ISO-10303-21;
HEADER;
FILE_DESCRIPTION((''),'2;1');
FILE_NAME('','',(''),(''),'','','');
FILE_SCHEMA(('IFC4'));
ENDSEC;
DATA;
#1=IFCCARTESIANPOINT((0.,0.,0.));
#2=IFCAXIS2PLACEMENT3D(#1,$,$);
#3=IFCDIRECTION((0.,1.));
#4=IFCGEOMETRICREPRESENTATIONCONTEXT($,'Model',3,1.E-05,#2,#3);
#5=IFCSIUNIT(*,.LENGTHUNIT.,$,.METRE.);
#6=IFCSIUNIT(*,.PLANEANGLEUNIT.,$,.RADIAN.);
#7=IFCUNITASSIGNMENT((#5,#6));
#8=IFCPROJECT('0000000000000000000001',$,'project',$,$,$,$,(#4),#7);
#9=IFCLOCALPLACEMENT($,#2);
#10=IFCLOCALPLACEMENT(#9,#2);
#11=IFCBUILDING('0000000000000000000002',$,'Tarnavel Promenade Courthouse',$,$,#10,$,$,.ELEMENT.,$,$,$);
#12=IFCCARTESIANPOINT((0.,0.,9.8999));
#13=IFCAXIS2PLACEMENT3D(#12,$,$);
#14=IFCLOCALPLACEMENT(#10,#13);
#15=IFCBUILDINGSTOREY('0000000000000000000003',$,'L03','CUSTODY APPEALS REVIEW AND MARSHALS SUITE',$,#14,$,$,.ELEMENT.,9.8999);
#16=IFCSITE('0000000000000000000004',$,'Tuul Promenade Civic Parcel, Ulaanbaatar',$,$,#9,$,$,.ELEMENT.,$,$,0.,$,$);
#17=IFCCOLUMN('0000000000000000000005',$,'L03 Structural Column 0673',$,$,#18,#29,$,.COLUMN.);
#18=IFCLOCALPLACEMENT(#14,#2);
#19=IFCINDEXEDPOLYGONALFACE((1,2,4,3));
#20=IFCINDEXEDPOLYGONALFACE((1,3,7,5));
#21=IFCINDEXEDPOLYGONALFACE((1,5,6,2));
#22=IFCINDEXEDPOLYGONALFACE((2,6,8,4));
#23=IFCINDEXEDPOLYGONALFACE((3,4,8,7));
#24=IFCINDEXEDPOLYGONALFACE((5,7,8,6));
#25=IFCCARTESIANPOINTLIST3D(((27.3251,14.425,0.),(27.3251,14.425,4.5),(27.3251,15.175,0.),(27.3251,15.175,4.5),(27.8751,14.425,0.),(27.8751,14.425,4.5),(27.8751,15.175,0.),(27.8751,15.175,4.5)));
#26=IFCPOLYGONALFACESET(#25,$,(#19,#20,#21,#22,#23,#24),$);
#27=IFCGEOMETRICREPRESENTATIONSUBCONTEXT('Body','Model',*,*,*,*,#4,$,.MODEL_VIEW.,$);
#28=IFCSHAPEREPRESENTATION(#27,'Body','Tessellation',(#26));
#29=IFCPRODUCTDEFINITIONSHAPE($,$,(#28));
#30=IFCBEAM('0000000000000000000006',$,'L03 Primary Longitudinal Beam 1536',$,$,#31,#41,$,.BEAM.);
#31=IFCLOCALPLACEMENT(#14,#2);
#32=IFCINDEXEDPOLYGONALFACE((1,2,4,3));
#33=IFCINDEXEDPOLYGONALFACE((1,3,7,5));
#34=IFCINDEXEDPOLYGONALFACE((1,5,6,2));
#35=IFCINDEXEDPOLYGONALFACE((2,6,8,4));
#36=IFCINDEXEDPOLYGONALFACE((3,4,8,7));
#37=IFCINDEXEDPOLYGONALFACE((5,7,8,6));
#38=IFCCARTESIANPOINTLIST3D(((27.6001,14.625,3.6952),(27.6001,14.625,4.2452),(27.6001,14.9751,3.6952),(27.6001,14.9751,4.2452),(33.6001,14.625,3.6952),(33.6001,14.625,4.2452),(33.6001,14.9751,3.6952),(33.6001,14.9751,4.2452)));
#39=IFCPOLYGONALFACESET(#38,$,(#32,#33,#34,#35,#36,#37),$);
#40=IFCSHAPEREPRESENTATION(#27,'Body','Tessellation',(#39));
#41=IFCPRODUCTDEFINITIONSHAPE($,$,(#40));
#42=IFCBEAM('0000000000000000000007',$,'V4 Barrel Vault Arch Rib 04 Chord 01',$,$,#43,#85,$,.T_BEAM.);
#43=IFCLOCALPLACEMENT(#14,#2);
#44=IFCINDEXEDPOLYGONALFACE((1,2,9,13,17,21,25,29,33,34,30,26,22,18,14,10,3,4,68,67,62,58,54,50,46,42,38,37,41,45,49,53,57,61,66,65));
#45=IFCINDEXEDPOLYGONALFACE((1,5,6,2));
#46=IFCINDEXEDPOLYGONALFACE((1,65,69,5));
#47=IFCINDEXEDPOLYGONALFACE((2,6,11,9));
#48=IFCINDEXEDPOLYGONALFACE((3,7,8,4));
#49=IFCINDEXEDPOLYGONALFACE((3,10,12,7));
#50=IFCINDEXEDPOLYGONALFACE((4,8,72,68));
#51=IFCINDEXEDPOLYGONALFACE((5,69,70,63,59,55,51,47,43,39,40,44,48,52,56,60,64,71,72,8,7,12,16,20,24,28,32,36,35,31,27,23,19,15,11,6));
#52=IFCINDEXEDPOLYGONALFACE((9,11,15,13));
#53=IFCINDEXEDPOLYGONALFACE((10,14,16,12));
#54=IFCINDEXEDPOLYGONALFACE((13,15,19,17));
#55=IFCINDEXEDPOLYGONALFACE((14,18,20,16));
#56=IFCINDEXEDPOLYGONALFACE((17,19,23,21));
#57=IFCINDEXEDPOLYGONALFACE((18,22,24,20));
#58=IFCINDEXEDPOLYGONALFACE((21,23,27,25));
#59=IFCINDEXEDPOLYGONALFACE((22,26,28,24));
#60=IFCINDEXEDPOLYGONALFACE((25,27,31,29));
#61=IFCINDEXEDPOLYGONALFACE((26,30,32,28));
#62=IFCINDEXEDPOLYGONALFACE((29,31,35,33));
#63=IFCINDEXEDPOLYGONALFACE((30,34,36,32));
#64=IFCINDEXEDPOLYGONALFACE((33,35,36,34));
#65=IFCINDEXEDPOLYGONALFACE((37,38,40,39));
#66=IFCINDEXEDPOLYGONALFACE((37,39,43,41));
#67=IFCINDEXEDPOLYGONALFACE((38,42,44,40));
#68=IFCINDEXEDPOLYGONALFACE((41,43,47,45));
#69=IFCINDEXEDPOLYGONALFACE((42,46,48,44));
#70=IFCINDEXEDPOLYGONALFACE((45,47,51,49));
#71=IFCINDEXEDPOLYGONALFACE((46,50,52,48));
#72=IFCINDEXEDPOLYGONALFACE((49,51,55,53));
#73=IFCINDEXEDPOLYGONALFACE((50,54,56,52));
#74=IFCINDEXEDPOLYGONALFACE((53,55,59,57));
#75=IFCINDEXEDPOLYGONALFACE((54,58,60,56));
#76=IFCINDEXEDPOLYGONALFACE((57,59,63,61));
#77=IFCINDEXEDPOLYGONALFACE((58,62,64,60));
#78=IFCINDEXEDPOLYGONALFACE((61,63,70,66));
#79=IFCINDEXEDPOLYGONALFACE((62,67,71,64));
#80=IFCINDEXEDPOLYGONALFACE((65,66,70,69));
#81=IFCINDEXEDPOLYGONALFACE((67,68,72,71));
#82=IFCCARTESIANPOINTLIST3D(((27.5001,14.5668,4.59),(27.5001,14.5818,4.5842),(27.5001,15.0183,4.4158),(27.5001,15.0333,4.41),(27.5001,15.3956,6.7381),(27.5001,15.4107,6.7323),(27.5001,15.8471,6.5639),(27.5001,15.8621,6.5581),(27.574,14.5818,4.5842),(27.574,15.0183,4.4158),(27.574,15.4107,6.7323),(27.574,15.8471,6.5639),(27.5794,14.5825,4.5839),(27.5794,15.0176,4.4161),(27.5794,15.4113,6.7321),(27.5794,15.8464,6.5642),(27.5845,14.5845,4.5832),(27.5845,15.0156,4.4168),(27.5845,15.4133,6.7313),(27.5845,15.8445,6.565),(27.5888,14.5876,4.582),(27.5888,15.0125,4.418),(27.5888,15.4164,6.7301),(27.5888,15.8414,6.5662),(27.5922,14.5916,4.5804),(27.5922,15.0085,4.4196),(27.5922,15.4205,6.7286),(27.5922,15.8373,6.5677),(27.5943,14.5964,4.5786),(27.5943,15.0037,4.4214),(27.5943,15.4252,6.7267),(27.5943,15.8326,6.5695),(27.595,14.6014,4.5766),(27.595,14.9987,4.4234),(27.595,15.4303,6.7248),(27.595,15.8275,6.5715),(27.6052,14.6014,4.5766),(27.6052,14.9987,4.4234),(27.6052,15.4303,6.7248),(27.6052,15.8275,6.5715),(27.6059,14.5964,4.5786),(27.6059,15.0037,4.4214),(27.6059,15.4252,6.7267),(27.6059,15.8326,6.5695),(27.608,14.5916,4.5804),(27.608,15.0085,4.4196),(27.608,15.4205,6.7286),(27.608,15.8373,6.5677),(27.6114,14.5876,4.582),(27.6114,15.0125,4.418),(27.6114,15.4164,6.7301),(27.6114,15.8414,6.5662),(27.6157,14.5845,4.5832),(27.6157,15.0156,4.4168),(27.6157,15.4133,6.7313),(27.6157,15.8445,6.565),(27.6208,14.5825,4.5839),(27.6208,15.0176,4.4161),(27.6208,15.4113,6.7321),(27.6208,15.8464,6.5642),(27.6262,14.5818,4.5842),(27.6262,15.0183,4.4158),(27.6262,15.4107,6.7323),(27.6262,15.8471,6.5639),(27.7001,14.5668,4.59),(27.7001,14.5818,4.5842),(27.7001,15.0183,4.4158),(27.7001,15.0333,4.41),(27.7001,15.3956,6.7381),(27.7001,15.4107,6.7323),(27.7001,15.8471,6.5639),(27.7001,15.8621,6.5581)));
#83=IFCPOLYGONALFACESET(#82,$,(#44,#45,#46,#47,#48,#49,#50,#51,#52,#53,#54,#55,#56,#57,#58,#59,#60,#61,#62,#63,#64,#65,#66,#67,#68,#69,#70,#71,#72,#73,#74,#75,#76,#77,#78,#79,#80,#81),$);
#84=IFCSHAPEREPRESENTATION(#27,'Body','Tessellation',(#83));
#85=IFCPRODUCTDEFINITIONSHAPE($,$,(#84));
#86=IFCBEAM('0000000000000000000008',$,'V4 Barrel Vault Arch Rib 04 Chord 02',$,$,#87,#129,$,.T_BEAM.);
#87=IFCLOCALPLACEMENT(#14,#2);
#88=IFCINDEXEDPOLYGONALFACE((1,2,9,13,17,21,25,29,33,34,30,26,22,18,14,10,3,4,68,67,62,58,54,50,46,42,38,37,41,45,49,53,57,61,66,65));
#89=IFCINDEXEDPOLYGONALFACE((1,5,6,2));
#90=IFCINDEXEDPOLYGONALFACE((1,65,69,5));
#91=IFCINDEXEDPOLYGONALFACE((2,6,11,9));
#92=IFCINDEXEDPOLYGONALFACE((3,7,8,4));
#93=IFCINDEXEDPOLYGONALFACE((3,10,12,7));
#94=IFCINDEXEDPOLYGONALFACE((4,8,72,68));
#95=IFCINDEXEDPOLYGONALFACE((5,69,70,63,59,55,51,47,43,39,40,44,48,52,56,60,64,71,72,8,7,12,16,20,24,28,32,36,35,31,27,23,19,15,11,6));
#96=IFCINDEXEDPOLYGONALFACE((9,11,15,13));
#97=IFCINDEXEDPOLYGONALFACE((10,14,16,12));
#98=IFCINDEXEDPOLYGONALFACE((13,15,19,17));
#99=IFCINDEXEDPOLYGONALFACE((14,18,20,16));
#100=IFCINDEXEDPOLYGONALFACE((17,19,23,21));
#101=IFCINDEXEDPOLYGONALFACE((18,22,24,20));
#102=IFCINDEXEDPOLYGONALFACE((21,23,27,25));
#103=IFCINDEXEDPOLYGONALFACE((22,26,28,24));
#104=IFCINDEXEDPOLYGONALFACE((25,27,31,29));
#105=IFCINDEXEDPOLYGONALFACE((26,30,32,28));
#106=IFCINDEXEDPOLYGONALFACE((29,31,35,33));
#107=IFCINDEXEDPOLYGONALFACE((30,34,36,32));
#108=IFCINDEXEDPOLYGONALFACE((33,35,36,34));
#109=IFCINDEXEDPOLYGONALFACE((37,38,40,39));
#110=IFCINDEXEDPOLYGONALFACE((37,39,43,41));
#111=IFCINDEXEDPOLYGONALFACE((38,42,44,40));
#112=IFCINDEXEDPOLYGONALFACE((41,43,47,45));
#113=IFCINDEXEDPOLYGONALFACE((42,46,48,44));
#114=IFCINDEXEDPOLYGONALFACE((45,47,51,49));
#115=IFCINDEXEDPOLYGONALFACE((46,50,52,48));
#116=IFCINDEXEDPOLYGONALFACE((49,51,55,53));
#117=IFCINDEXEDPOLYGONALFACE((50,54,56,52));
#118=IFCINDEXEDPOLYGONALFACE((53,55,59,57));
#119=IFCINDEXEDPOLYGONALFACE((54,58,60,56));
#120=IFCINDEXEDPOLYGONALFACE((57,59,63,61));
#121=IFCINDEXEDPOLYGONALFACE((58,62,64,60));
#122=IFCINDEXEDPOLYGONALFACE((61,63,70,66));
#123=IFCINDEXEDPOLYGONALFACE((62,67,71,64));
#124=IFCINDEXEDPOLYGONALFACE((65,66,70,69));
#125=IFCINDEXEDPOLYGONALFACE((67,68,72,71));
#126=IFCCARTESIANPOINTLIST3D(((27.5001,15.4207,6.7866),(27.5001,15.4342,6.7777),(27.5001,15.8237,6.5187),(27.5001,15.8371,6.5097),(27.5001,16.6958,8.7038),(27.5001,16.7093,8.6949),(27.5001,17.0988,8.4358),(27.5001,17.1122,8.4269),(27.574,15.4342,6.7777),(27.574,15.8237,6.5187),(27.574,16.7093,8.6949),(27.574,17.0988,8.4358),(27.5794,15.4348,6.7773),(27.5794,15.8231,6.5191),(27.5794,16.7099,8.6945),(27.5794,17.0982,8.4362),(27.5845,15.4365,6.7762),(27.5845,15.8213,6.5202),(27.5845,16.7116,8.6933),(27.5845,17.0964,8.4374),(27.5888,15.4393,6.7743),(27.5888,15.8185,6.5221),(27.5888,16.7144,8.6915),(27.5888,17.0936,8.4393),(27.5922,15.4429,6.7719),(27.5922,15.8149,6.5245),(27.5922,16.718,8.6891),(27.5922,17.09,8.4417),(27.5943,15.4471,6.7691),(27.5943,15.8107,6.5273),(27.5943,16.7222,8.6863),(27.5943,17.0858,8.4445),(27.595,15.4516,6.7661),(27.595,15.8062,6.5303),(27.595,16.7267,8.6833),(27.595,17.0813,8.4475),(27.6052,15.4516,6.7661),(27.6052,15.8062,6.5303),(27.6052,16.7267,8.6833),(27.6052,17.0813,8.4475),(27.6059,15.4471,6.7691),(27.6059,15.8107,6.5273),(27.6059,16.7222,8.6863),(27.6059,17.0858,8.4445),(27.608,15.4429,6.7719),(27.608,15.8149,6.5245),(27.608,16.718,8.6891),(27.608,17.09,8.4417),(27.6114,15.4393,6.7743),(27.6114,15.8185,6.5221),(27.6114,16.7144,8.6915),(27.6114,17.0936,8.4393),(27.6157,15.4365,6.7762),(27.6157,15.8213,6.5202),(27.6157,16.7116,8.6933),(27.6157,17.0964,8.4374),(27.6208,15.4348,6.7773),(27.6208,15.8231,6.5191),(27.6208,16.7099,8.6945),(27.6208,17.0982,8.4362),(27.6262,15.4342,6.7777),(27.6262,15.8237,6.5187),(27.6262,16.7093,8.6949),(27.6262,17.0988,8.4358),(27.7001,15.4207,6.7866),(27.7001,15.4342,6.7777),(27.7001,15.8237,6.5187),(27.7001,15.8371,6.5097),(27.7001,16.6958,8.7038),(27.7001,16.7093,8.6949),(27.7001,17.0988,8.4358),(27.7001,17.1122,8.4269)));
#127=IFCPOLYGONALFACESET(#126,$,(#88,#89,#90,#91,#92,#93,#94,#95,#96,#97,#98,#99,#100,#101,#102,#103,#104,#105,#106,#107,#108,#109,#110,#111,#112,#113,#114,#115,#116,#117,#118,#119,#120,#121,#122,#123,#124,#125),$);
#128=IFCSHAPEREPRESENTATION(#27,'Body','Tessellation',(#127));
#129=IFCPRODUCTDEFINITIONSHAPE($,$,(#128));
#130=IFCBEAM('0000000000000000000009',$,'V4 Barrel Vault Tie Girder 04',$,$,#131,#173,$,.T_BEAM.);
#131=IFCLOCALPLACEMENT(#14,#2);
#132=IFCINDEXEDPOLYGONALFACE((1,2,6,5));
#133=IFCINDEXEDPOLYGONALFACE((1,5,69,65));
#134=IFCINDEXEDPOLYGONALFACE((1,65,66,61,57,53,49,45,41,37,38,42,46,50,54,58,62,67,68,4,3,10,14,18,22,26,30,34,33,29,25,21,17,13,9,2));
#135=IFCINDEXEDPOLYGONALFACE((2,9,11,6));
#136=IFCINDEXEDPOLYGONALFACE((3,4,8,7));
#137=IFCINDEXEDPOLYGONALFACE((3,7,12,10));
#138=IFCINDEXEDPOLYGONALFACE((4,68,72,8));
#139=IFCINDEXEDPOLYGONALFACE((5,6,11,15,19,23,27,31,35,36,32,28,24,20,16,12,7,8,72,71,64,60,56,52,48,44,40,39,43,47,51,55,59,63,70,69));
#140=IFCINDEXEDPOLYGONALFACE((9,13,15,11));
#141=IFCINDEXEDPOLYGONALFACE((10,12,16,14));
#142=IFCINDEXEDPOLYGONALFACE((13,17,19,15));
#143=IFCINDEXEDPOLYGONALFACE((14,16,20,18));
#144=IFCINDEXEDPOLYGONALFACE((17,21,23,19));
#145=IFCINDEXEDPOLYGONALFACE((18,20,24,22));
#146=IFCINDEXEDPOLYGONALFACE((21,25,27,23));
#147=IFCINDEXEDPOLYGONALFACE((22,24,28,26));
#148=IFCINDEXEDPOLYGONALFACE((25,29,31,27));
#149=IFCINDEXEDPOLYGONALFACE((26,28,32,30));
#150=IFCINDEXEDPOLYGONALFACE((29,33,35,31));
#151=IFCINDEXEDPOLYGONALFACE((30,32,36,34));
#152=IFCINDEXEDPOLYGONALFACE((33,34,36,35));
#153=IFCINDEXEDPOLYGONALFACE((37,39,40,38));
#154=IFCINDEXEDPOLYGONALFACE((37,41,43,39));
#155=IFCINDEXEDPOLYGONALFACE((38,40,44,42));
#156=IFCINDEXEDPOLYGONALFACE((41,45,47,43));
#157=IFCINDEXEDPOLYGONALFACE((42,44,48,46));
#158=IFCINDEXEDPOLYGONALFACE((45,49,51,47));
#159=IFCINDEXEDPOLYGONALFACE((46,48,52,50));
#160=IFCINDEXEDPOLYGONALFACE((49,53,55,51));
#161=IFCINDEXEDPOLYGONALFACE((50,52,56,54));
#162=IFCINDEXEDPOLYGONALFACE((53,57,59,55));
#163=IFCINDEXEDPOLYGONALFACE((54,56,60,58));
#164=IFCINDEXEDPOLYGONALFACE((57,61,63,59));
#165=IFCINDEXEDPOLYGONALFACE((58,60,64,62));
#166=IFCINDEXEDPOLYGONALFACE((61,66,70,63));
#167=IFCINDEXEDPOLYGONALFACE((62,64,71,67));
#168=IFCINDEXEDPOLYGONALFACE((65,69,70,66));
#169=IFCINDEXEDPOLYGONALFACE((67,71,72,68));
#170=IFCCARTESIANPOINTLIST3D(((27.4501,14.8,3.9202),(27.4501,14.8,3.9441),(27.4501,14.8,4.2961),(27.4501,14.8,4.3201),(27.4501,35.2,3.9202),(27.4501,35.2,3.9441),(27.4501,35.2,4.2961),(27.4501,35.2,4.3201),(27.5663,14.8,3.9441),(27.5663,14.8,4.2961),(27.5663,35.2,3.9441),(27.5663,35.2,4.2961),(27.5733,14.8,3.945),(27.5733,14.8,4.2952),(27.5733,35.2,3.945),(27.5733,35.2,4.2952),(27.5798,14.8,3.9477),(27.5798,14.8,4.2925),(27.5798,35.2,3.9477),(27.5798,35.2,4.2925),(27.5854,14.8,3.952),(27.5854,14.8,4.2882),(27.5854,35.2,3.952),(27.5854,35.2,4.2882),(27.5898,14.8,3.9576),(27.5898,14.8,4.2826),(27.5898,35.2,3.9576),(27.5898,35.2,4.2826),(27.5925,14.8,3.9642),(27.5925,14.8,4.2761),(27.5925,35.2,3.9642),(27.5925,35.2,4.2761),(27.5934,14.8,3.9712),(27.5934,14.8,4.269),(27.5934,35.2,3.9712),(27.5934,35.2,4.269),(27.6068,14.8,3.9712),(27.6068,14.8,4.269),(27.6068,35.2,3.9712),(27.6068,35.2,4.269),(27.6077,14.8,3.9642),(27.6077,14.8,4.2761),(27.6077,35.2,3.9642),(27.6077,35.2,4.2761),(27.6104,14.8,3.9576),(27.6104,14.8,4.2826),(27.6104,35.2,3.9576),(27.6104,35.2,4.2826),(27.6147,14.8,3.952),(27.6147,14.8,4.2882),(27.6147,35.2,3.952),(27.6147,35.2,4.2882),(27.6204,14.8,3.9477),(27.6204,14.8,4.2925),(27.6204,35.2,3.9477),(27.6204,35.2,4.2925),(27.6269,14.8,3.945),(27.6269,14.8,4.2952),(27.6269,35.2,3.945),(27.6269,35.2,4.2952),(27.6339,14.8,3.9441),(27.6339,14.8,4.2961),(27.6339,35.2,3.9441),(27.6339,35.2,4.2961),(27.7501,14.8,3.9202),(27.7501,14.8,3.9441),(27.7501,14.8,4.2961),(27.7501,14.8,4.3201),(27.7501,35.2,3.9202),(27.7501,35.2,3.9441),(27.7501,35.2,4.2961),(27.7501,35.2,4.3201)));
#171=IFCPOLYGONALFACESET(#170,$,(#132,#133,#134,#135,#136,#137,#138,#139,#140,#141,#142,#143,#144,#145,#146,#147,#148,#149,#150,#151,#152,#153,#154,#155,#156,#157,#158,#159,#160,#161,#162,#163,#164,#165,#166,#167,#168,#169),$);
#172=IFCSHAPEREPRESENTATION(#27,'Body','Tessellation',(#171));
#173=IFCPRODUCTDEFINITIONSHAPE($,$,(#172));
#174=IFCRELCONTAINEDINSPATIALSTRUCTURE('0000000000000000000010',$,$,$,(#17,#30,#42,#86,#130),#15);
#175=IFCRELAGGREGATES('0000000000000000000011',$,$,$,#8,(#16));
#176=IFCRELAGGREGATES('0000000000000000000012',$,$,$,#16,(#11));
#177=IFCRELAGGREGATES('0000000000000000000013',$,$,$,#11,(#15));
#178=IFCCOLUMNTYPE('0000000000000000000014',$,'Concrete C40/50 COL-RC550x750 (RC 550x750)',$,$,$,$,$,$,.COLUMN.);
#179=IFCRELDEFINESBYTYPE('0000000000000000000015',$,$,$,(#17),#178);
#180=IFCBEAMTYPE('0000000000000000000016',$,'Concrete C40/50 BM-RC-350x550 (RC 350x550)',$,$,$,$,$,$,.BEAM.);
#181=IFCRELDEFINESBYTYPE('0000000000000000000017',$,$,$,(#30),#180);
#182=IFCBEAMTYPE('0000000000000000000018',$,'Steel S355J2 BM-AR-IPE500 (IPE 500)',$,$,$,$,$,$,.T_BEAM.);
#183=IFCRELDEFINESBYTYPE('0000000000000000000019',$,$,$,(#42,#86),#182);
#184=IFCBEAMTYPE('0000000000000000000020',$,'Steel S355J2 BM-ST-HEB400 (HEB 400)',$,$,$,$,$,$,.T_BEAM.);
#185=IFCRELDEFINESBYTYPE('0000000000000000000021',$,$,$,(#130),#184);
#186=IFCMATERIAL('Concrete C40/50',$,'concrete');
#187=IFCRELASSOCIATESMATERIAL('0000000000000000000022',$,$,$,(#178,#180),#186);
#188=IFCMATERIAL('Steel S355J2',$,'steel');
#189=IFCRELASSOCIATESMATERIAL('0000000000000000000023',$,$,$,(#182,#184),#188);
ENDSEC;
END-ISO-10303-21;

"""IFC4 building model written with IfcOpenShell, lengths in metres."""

from ifc_helpers import new_model, si_unit, direction, frame, origin, origin_2d, place, context, subcontext, project, spatial, rectangle, i_section, extrude, material, material_profile, profile_set, type_object, element, save


model = new_model("IFC4")

# Units and contexts
model_context = context("Model", 3, precision=1e-05, world=origin(), true_north=direction((0.0, 1.0)))
body_context = subcontext(model_context, "Body", "Model", "MODEL_VIEW")
ifc_project = project(units=[si_unit("LENGTHUNIT", "METRE"), si_unit("PLANEANGLEUNIT", "RADIAN")], contexts=[model_context])

# Site, building, storey
site_placement = place(None, origin())
site = spatial("IfcSite", under=ifc_project, at=site_placement, Name="Tuul Promenade Civic Parcel, Ulaanbaatar", CompositionType="ELEMENT", RefElevation=0.0)
building_placement = place(site_placement, origin())
building = spatial("IfcBuilding", under=site, at=building_placement, Name="Tarnavel Promenade Courthouse", CompositionType="ELEMENT")
storey_placement = place(building_placement, frame((0.0, 0.0, 9.8999)))
storey = spatial("IfcBuildingStorey", under=building, at=storey_placement, Name="L03", Description="CUSTODY APPEALS REVIEW AND MARSHALS SUITE", CompositionType="ELEMENT", Elevation=9.8999)

# Column
ifc_material_1 = material(Name="Concrete C40/50", Category="concrete")
ifc_material_profile_1 = material_profile(ifc_material_1, rectangle(XDim=0.55, YDim=0.75, at=origin_2d()), Name="RC 550x750")
ifc_profile_set_1 = profile_set([ifc_material_profile_1], Name="Concrete C40/50")
column_type = type_object("IfcColumnType", Name="Concrete C40/50 COL-RC550x750 (RC 550x750)", PredefinedType="COLUMN", material=ifc_profile_set_1)
column_placement = place(storey_placement, frame((27.6001, 14.8, 0.0), z_axis=(0.0, 0.0, 1.0), x_axis=(1.0, 0.0, 0.0)))
element("IfcColumn", 1, at=column_placement, inside=storey, type_object=column_type, Name="L03 Structural Column 0673", PredefinedType="COLUMN", context=body_context, shape_type="SweptSolid", body=[
    extrude(rectangle(XDim=0.55, YDim=0.75, at=origin_2d()), origin(), (0.0, 0.0, 1.0), 4.5),
])

# Beams
ifc_material_profile_2 = material_profile(ifc_material_1, rectangle(XDim=0.3501, YDim=0.55, at=origin_2d()), Name="RC 350x550")
ifc_profile_set_2 = profile_set([ifc_material_profile_2], Name="Concrete C40/50")
beam_type_1 = type_object("IfcBeamType", Name="Concrete C40/50 BM-RC-350x550 (RC 350x550)", PredefinedType="BEAM", material=ifc_profile_set_2)
beam_1_placement = place(storey_placement, frame((27.6001, 14.8, 3.9702), z_axis=(1.0, 0.0, 0.0), x_axis=(0.0, 1.0, 0.0)))
element("IfcBeam", 2, at=beam_1_placement, inside=storey, type_object=beam_type_1, Name="L03 Primary Longitudinal Beam 1536", PredefinedType="BEAM", context=body_context, shape_type="SweptSolid", body=[
    extrude(rectangle(XDim=0.3501, YDim=0.55, at=origin_2d()), origin(), (0.0, 0.0, 1.0), 6.0),
])
ifc_material_2 = material(Name="Steel S355J2", Category="steel")
ifc_material_profile_3 = material_profile(ifc_material_2, i_section(OverallWidth=0.2, OverallDepth=0.5, WebThickness=0.0103, FlangeThickness=0.0161, FilletRadius=0.021, at=origin_2d()), Name="IPE 500")
ifc_profile_set_3 = profile_set([ifc_material_profile_3], Name="Steel S355J2")
beam_type_2 = type_object("IfcBeamType", Name="Steel S355J2 BM-AR-IPE500 (IPE 500)", PredefinedType="T_BEAM", material=ifc_profile_set_3)
for number, where, z_axis, x_axis, name in (
    (3, (27.6001, 14.8, 4.5), (0.0, 0.359974, 0.932962), (-1.0, 0.0, 0.0), "V4 Barrel Vault Arch Rib 04 Chord 01"),
    (4, (27.6001, 15.6289, 6.6482), (0.0, 0.553795, 0.832653), (-1.0, 0.0, 0.0), "V4 Barrel Vault Arch Rib 04 Chord 02"),
):
    element("IfcBeam", number, at=place(storey_placement, frame(where, z_axis=z_axis, x_axis=x_axis)), inside=storey, type_object=beam_type_2, Name=name, PredefinedType="T_BEAM", context=body_context, shape_type="SweptSolid", body=[
        extrude(i_section(OverallWidth=0.2, OverallDepth=0.5, WebThickness=0.0103, FlangeThickness=0.0161, FilletRadius=0.021, at=origin_2d()), origin(), (0.0, 0.0, 1.0), 2.3025),
    ])
ifc_material_profile_4 = material_profile(ifc_material_2, i_section(OverallWidth=0.3, OverallDepth=0.3999, WebThickness=0.0134, FlangeThickness=0.0239, FilletRadius=0.0271, at=origin_2d()), Name="HEB 400")
ifc_profile_set_4 = profile_set([ifc_material_profile_4], Name="Steel S355J2")
beam_type_3 = type_object("IfcBeamType", Name="Steel S355J2 BM-ST-HEB400 (HEB 400)", PredefinedType="T_BEAM", material=ifc_profile_set_4)
beam_2_placement = place(storey_placement, frame((27.6001, 14.8, 4.1201), z_axis=(0.0, 1.0, 0.0), x_axis=(-1.0, 0.0, 0.0)))
element("IfcBeam", 5, at=beam_2_placement, inside=storey, type_object=beam_type_3, Name="V4 Barrel Vault Tie Girder 04", PredefinedType="T_BEAM", context=body_context, shape_type="SweptSolid", body=[
    extrude(i_section(OverallWidth=0.3, OverallDepth=0.3999, WebThickness=0.0134, FlangeThickness=0.0239, FilletRadius=0.0271, at=origin_2d()), origin(), (0.0, 0.0, 1.0), 20.3999),
])

save(model, "model.ifc")
